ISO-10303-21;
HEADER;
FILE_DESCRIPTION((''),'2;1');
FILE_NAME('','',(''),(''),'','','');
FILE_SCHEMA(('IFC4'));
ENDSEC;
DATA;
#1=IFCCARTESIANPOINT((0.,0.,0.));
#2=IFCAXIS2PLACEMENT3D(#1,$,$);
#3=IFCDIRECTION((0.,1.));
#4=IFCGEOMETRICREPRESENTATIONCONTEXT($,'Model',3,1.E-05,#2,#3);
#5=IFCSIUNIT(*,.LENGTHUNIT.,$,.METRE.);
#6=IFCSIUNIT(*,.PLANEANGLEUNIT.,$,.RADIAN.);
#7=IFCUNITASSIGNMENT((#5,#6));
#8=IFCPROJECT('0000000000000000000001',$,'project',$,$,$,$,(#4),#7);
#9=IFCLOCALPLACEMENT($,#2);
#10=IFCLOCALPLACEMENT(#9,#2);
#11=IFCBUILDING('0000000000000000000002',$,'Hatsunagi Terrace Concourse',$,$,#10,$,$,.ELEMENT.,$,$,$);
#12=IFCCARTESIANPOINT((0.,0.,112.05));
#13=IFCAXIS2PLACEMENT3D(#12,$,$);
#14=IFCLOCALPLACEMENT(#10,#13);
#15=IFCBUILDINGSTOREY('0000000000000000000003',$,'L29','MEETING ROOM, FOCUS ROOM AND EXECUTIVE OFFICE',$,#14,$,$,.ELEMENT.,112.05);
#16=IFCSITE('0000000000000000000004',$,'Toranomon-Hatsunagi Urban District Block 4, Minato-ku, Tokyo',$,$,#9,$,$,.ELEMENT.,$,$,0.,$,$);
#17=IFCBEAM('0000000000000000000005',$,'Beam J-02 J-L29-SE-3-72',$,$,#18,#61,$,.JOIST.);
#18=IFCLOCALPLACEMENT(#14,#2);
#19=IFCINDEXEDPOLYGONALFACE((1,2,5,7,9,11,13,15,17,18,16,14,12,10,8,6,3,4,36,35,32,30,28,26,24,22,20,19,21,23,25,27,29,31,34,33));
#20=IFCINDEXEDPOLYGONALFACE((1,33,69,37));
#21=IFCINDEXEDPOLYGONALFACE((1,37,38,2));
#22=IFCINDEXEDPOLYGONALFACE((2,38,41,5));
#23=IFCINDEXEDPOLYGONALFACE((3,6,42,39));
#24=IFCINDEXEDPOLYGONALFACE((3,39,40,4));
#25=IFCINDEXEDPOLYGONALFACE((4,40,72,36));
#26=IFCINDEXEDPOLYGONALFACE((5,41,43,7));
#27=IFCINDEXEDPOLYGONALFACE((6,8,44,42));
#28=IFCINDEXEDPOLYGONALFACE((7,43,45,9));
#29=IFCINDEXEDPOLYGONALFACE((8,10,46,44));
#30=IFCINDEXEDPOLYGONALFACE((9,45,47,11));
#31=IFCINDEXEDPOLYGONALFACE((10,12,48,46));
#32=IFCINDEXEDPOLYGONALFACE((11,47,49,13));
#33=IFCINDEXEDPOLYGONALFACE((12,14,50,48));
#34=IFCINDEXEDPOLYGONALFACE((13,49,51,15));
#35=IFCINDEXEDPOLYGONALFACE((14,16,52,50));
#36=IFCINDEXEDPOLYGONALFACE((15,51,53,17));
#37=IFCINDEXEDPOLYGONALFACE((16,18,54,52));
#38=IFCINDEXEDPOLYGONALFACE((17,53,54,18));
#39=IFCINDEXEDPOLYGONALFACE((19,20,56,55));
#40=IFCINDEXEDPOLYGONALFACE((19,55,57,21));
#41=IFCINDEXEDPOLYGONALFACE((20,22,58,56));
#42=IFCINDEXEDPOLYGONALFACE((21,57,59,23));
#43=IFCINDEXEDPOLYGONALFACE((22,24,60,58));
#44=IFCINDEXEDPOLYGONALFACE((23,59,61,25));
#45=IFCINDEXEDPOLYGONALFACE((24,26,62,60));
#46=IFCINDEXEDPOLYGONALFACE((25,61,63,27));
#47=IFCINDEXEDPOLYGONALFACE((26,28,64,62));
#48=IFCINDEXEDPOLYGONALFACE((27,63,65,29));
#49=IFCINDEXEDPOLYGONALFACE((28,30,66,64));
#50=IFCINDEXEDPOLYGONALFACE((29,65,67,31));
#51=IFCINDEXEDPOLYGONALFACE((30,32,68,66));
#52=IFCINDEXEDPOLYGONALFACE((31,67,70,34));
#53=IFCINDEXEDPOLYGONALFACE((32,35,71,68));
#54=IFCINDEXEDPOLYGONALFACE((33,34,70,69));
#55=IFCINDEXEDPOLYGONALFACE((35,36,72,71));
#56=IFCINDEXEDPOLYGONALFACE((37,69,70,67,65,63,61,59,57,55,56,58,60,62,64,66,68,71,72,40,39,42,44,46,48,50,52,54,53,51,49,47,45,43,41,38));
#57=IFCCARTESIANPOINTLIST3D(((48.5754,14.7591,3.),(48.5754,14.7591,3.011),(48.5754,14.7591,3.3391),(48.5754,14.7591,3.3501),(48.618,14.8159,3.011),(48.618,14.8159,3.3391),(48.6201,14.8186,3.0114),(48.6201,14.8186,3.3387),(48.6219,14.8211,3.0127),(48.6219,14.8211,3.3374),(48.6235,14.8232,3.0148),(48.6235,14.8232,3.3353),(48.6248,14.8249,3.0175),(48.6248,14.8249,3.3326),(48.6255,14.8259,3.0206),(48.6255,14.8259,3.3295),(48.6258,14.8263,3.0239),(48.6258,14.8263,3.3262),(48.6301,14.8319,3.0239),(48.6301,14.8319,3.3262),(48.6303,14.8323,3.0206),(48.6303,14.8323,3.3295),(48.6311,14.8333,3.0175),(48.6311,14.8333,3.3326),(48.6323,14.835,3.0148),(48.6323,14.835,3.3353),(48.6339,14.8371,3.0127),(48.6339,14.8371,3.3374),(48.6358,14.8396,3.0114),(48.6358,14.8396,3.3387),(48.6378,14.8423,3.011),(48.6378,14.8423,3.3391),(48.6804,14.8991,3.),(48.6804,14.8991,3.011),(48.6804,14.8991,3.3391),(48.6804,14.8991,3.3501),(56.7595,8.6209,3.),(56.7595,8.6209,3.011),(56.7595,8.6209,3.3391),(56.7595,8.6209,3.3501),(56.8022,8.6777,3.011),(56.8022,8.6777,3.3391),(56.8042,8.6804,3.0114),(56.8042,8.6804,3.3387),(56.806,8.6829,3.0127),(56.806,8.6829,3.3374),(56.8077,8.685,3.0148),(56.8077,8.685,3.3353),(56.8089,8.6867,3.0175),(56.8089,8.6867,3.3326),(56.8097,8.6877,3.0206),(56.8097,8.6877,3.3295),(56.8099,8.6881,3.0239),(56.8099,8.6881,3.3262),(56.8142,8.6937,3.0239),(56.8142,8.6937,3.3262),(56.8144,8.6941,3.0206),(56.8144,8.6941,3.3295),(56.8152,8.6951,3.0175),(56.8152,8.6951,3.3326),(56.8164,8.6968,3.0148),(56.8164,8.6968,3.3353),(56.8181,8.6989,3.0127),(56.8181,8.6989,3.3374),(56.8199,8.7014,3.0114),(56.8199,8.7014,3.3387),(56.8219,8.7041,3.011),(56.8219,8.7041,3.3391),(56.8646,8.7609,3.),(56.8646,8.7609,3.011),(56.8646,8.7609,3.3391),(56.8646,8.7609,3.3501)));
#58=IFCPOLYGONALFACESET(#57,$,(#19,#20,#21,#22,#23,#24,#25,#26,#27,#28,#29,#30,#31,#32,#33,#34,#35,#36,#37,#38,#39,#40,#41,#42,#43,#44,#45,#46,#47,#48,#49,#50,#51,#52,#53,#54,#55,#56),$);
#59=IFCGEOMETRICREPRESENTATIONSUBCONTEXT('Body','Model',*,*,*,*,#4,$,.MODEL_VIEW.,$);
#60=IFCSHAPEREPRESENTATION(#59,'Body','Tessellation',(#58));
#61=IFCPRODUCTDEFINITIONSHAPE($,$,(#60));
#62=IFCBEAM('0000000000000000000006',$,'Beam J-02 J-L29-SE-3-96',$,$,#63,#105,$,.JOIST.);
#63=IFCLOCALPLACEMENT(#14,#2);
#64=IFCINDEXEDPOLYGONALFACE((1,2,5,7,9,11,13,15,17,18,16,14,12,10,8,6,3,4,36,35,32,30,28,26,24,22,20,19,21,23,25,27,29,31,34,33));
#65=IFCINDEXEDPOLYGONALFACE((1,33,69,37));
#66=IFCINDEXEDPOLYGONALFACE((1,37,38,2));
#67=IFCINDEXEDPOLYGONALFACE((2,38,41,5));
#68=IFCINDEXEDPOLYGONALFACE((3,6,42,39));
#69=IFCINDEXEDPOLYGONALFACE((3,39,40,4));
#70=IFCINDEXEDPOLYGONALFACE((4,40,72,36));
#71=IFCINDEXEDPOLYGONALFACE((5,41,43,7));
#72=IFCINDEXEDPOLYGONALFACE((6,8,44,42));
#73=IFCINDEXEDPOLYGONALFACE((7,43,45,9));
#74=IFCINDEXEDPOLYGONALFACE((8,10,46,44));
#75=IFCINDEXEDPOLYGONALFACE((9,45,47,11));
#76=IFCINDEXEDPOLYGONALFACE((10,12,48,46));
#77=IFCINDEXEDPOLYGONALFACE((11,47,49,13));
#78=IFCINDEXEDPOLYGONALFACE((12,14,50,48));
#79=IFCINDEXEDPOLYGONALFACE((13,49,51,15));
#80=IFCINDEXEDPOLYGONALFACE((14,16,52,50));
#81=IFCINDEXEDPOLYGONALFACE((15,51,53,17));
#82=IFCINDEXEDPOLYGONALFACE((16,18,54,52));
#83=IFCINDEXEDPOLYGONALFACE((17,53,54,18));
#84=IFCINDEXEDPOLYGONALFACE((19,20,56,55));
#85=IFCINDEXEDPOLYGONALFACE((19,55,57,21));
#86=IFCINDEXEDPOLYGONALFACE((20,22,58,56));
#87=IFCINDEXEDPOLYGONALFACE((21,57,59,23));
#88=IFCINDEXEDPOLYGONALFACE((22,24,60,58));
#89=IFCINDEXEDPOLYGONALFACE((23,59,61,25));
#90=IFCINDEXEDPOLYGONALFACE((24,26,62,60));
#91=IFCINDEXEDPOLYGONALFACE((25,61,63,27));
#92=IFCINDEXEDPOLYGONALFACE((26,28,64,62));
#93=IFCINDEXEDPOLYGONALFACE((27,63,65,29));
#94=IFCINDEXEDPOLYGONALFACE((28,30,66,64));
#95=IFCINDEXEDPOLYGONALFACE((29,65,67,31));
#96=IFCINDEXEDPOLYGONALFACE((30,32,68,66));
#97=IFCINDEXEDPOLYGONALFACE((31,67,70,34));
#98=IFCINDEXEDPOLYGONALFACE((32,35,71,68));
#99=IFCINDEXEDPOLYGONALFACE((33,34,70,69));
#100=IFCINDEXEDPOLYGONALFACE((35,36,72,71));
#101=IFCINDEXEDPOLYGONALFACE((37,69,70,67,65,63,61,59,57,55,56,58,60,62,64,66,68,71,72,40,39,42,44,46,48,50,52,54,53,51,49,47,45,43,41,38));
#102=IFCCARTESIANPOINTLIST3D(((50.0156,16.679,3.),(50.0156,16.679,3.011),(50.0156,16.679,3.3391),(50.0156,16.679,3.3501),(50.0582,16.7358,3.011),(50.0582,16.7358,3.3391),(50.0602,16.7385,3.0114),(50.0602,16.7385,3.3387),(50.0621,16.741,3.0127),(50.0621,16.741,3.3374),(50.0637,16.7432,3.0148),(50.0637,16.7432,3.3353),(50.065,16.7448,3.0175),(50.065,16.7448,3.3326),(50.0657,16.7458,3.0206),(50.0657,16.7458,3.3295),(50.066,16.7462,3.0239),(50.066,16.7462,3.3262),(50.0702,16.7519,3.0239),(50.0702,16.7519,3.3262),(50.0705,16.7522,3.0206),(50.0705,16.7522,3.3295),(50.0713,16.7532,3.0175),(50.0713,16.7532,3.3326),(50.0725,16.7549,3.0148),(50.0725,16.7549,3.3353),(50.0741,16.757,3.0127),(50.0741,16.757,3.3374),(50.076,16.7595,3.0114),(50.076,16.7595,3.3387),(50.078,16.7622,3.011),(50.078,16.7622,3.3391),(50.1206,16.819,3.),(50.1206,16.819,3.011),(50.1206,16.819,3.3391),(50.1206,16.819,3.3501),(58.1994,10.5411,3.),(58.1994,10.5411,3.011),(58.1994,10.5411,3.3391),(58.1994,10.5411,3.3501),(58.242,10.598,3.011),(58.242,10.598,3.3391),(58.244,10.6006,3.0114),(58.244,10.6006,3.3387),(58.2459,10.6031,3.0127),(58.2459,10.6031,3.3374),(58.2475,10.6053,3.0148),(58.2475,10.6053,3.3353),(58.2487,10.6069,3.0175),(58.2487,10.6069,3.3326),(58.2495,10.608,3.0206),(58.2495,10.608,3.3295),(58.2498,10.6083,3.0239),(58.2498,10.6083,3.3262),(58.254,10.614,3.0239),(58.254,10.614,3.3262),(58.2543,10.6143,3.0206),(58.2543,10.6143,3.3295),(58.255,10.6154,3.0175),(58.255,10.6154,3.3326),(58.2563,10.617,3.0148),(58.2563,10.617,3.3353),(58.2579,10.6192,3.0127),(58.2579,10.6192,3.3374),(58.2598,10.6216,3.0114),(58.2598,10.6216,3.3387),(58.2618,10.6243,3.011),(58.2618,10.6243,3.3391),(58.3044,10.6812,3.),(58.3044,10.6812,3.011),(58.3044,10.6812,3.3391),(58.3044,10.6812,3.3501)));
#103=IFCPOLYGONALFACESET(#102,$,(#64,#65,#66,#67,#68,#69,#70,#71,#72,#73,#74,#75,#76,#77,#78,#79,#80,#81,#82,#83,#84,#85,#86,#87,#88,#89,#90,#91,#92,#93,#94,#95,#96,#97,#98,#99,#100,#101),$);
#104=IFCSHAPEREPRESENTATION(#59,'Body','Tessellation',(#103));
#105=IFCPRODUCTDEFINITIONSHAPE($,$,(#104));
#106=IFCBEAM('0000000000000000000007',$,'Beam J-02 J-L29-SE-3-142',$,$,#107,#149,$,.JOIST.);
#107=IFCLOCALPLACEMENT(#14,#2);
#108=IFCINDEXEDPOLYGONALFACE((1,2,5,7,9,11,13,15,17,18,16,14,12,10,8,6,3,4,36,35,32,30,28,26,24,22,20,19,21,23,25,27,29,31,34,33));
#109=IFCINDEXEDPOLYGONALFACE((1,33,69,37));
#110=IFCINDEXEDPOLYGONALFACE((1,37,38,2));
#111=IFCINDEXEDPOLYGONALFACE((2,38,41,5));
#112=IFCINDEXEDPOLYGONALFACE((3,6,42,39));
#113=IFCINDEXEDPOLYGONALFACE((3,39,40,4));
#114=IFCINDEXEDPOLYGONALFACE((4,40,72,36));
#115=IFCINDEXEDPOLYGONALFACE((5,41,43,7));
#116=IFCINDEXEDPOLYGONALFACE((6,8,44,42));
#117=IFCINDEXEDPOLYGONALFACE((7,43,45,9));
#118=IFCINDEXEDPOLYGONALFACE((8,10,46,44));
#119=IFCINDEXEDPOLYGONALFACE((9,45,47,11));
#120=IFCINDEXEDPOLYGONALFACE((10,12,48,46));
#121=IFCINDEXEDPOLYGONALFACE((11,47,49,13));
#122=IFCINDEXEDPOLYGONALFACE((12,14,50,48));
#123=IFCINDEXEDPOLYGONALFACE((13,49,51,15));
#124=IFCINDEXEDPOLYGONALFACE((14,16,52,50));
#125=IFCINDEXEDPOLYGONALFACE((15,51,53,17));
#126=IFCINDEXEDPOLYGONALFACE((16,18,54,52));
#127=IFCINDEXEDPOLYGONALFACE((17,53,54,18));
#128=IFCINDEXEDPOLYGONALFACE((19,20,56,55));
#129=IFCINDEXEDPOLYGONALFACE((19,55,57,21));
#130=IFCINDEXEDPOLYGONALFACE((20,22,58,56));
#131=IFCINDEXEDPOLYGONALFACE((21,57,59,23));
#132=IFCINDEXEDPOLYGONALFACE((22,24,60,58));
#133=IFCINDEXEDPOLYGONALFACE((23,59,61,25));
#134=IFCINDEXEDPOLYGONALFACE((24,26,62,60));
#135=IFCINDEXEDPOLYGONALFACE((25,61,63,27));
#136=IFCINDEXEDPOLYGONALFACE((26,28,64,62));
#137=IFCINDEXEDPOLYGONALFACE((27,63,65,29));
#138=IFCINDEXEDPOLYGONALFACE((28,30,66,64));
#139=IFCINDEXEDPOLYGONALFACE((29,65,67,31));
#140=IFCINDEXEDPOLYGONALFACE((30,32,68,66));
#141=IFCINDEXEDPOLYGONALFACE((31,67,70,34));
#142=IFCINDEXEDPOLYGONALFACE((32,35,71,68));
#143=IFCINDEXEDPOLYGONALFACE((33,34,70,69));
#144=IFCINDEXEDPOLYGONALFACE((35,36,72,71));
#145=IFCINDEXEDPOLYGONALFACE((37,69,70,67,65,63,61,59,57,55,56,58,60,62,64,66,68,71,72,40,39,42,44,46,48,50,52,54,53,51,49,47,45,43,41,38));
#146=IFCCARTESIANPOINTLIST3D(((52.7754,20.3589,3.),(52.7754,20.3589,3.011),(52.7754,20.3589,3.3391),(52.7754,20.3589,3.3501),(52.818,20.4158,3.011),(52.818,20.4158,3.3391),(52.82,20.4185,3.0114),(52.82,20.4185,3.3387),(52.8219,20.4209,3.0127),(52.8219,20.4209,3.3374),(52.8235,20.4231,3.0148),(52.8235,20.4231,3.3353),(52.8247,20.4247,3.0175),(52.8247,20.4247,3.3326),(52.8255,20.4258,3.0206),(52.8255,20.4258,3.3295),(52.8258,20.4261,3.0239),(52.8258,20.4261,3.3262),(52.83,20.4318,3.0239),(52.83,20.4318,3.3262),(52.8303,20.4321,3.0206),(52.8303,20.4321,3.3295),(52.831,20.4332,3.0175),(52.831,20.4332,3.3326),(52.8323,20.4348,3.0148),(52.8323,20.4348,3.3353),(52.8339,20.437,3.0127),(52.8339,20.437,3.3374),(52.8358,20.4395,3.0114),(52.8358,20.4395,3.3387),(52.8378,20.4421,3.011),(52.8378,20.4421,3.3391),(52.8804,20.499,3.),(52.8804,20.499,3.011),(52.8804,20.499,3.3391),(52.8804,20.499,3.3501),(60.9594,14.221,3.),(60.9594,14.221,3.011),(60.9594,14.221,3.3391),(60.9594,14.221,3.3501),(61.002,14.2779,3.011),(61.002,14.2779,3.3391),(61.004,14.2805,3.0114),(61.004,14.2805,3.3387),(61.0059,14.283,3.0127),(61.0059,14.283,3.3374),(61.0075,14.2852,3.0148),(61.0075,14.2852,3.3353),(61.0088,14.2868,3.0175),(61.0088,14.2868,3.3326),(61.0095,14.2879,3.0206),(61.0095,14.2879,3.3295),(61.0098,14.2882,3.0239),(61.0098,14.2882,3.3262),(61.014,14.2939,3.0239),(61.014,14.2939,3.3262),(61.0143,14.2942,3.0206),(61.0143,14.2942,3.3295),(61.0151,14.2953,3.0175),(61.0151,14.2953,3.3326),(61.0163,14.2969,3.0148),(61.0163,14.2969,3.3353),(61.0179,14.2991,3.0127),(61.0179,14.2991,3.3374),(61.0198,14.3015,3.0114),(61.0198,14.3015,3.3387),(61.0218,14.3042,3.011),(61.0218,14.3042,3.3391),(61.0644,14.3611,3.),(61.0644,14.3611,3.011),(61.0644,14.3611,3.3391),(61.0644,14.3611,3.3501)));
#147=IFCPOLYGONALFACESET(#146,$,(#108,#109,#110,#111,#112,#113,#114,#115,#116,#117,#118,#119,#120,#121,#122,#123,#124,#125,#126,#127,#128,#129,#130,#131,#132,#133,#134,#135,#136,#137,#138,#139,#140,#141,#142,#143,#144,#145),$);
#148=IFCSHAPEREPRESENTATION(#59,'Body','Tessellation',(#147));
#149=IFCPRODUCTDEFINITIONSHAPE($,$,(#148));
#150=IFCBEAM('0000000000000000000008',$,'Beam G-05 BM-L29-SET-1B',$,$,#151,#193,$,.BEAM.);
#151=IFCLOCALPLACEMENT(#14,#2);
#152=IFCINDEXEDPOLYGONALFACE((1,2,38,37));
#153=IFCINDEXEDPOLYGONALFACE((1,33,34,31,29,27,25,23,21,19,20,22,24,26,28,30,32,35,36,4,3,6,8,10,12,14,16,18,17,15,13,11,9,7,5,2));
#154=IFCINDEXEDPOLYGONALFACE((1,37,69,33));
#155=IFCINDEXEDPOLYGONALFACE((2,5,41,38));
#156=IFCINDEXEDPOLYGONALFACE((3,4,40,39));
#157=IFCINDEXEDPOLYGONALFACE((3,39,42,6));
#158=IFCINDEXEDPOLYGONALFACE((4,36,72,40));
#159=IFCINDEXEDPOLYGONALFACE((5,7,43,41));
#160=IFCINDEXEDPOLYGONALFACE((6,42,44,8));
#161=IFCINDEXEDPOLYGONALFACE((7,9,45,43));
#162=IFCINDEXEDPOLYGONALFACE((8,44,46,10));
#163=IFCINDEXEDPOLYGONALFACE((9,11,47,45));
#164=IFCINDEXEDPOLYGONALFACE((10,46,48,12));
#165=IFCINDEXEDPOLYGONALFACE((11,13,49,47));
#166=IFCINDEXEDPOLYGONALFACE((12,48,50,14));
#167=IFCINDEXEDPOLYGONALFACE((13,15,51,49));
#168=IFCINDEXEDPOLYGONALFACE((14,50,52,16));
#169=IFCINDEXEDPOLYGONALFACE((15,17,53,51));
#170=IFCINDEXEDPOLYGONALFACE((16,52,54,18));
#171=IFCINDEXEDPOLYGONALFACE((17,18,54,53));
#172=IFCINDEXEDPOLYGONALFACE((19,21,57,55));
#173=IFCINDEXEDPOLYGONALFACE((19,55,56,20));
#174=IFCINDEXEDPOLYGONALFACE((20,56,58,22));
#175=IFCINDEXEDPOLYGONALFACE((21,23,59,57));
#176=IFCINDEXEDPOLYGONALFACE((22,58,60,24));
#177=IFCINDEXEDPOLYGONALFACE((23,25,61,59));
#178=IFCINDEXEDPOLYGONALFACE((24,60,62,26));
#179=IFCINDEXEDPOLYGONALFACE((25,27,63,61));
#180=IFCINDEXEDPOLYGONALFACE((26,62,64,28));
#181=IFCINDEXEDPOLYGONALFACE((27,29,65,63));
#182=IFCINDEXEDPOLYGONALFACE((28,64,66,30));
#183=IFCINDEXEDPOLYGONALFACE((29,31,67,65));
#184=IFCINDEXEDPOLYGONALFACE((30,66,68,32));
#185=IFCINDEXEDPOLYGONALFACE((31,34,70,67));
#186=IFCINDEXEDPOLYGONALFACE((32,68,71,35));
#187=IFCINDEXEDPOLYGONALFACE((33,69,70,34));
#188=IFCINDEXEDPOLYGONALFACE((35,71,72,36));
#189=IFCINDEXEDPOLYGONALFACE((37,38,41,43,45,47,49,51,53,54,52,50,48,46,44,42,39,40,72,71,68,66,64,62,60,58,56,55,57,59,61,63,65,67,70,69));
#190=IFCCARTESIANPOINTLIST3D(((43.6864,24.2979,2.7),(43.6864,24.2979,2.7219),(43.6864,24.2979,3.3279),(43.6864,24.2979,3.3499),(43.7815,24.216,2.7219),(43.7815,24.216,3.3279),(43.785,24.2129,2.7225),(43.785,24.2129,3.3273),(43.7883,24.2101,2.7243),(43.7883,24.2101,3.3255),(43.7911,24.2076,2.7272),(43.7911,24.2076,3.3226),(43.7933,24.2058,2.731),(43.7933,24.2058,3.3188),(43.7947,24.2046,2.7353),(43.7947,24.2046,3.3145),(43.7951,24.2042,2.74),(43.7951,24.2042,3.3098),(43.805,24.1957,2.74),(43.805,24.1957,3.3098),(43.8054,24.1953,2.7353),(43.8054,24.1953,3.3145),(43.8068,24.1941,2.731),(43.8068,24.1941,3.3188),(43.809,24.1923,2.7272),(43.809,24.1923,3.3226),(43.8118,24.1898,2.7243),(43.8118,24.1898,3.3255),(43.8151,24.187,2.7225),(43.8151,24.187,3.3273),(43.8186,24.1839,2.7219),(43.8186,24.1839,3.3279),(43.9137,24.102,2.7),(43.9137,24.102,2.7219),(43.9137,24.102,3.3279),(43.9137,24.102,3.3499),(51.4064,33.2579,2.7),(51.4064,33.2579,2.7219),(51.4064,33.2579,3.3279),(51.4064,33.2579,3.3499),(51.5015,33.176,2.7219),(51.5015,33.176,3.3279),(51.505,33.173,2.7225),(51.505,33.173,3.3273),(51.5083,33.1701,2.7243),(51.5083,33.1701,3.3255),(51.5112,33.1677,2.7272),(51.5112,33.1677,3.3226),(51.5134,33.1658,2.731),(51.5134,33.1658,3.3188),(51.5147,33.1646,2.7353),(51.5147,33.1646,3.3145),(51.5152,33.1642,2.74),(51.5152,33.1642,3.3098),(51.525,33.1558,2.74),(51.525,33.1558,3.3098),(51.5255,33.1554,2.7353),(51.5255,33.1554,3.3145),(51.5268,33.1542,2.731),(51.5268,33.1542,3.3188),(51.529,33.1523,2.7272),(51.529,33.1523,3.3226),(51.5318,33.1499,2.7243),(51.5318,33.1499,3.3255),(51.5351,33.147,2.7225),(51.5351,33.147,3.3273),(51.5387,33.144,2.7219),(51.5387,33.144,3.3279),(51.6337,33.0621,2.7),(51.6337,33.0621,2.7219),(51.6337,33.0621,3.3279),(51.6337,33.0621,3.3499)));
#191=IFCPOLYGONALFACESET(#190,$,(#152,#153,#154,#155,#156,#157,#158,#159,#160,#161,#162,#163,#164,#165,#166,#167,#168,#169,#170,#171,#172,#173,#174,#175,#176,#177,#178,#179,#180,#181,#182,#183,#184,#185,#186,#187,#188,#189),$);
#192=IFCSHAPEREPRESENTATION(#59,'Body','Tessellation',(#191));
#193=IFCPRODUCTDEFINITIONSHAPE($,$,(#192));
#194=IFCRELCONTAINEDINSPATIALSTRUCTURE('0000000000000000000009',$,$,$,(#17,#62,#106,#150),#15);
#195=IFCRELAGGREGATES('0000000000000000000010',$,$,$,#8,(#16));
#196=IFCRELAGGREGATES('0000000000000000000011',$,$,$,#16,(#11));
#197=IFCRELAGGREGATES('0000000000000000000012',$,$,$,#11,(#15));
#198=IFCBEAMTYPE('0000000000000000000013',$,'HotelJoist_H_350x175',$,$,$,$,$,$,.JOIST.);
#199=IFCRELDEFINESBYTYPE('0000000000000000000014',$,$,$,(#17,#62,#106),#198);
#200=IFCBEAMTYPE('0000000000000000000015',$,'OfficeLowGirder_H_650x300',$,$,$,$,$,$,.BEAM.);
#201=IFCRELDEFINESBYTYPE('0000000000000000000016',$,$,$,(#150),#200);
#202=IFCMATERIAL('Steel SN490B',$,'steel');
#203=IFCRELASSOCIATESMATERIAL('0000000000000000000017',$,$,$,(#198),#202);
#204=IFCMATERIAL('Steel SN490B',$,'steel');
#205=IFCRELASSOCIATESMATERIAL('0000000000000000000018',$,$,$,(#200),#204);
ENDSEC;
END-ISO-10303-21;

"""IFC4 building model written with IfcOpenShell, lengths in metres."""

from ifc_helpers import new_model, si_unit, direction, frame, origin, origin_2d, place, context, subcontext, project, spatial, i_section, extrude, material, material_profile, profile_set, type_object, element, save


model = new_model("IFC4")

# Units and contexts
model_context = context("Model", 3, precision=1e-05, world=origin(), true_north=direction((0.0, 1.0)))
body_context = subcontext(model_context, "Body", "Model", "MODEL_VIEW")
ifc_project = project(units=[si_unit("LENGTHUNIT", "METRE"), si_unit("PLANEANGLEUNIT", "RADIAN")], contexts=[model_context])

# Site, building, storey
site_placement = place(None, origin())
site = spatial("IfcSite", under=ifc_project, at=site_placement, Name="Toranomon-Hatsunagi Urban District Block 4, Minato-ku, Tokyo", CompositionType="ELEMENT", RefElevation=0.0)
building_placement = place(site_placement, origin())
building = spatial("IfcBuilding", under=site, at=building_placement, Name="Hatsunagi Terrace Concourse", CompositionType="ELEMENT")
storey_placement = place(building_placement, frame((0.0, 0.0, 112.05)))
storey = spatial("IfcBuildingStorey", under=building, at=storey_placement, Name="L29", Description="MEETING ROOM, FOCUS ROOM AND EXECUTIVE OFFICE", CompositionType="ELEMENT", Elevation=112.05)

# Beams
ifc_material_1 = material(Name="Steel SN490B", Category="steel")
ifc_material_profile_1 = material_profile(ifc_material_1, i_section(OverallWidth=0.175, OverallDepth=0.3501, WebThickness=0.0071, FlangeThickness=0.011, FilletRadius=0.0129, at=origin_2d()), Name="H-350x175x7x11")
ifc_profile_set_1 = profile_set([ifc_material_profile_1], Name="Steel SN490B")
beam_type_1 = type_object("IfcBeamType", Name="HotelJoist_H_350x175", PredefinedType="JOIST", material=ifc_profile_set_1)
beam_1_placement = place(storey_placement, frame((48.6279, 14.8291, 3.175), z_axis=(0.799994, -0.600008, 0.0), x_axis=(0.600008, 0.799994, 0.0)))
element("IfcBeam", 1, at=beam_1_placement, inside=storey, type_object=beam_type_1, Name="Beam J-02 J-L29-SE-3-72", PredefinedType="JOIST", context=body_context, shape_type="SweptSolid", body=[
    extrude(i_section(OverallWidth=0.175, OverallDepth=0.3501, WebThickness=0.0071, FlangeThickness=0.011, FilletRadius=0.0129, at=origin_2d()), origin(), (0.0, 0.0, 1.0), 10.2302),
])
beam_2_placement = place(storey_placement, frame((50.0681, 16.749, 3.175), z_axis=(0.799997, -0.600004, 0.0), x_axis=(0.600004, 0.799997, 0.0)))
element("IfcBeam", 2, at=beam_2_placement, inside=storey, type_object=beam_type_1, Name="Beam J-02 J-L29-SE-3-96", PredefinedType="JOIST", context=body_context, shape_type="SweptSolid", body=[
    extrude(i_section(OverallWidth=0.175, OverallDepth=0.3501, WebThickness=0.0071, FlangeThickness=0.011, FilletRadius=0.0129, at=origin_2d()), origin(), (0.0, 0.0, 1.0), 10.2297),
])
beam_3_placement = place(storey_placement, frame((52.8279, 20.429, 3.175), z_axis=(0.800006, -0.599992, 0.0), x_axis=(0.599992, 0.800006, 0.0)))
element("IfcBeam", 3, at=beam_3_placement, inside=storey, type_object=beam_type_1, Name="Beam J-02 J-L29-SE-3-142", PredefinedType="JOIST", context=body_context, shape_type="SweptSolid", body=[
    extrude(i_section(OverallWidth=0.175, OverallDepth=0.3501, WebThickness=0.0071, FlangeThickness=0.011, FilletRadius=0.0129, at=origin_2d()), origin(), (0.0, 0.0, 1.0), 10.23),
])
ifc_material_2 = material(Name="Steel SN490B", Category="steel")
ifc_material_profile_2 = material_profile(ifc_material_2, i_section(OverallWidth=0.3, OverallDepth=0.6499, WebThickness=0.0129, FlangeThickness=0.022, FilletRadius=0.0181, at=origin_2d()), Name="H-650x300x13x22")
ifc_profile_set_2 = profile_set([ifc_material_profile_2], Name="Steel SN490B")
beam_type_2 = type_object("IfcBeamType", Name="OfficeLowGirder_H_650x300", PredefinedType="BEAM", material=ifc_profile_set_2)
beam_4_placement = place(storey_placement, frame((43.8, 24.2, 3.0249), z_axis=(0.652739, 0.757583, 0.0), x_axis=(-0.757583, 0.652739, 0.0)))
element("IfcBeam", 4, at=beam_4_placement, inside=storey, type_object=beam_type_2, Name="Beam G-05 BM-L29-SET-1B", PredefinedType="BEAM", context=body_context, shape_type="SweptSolid", body=[
    extrude(i_section(OverallWidth=0.3, OverallDepth=0.6499, WebThickness=0.0129, FlangeThickness=0.022, FilletRadius=0.0181, at=origin_2d()), origin(), (0.0, 0.0, 1.0), 11.8271),
])

save(model, "model.ifc")
